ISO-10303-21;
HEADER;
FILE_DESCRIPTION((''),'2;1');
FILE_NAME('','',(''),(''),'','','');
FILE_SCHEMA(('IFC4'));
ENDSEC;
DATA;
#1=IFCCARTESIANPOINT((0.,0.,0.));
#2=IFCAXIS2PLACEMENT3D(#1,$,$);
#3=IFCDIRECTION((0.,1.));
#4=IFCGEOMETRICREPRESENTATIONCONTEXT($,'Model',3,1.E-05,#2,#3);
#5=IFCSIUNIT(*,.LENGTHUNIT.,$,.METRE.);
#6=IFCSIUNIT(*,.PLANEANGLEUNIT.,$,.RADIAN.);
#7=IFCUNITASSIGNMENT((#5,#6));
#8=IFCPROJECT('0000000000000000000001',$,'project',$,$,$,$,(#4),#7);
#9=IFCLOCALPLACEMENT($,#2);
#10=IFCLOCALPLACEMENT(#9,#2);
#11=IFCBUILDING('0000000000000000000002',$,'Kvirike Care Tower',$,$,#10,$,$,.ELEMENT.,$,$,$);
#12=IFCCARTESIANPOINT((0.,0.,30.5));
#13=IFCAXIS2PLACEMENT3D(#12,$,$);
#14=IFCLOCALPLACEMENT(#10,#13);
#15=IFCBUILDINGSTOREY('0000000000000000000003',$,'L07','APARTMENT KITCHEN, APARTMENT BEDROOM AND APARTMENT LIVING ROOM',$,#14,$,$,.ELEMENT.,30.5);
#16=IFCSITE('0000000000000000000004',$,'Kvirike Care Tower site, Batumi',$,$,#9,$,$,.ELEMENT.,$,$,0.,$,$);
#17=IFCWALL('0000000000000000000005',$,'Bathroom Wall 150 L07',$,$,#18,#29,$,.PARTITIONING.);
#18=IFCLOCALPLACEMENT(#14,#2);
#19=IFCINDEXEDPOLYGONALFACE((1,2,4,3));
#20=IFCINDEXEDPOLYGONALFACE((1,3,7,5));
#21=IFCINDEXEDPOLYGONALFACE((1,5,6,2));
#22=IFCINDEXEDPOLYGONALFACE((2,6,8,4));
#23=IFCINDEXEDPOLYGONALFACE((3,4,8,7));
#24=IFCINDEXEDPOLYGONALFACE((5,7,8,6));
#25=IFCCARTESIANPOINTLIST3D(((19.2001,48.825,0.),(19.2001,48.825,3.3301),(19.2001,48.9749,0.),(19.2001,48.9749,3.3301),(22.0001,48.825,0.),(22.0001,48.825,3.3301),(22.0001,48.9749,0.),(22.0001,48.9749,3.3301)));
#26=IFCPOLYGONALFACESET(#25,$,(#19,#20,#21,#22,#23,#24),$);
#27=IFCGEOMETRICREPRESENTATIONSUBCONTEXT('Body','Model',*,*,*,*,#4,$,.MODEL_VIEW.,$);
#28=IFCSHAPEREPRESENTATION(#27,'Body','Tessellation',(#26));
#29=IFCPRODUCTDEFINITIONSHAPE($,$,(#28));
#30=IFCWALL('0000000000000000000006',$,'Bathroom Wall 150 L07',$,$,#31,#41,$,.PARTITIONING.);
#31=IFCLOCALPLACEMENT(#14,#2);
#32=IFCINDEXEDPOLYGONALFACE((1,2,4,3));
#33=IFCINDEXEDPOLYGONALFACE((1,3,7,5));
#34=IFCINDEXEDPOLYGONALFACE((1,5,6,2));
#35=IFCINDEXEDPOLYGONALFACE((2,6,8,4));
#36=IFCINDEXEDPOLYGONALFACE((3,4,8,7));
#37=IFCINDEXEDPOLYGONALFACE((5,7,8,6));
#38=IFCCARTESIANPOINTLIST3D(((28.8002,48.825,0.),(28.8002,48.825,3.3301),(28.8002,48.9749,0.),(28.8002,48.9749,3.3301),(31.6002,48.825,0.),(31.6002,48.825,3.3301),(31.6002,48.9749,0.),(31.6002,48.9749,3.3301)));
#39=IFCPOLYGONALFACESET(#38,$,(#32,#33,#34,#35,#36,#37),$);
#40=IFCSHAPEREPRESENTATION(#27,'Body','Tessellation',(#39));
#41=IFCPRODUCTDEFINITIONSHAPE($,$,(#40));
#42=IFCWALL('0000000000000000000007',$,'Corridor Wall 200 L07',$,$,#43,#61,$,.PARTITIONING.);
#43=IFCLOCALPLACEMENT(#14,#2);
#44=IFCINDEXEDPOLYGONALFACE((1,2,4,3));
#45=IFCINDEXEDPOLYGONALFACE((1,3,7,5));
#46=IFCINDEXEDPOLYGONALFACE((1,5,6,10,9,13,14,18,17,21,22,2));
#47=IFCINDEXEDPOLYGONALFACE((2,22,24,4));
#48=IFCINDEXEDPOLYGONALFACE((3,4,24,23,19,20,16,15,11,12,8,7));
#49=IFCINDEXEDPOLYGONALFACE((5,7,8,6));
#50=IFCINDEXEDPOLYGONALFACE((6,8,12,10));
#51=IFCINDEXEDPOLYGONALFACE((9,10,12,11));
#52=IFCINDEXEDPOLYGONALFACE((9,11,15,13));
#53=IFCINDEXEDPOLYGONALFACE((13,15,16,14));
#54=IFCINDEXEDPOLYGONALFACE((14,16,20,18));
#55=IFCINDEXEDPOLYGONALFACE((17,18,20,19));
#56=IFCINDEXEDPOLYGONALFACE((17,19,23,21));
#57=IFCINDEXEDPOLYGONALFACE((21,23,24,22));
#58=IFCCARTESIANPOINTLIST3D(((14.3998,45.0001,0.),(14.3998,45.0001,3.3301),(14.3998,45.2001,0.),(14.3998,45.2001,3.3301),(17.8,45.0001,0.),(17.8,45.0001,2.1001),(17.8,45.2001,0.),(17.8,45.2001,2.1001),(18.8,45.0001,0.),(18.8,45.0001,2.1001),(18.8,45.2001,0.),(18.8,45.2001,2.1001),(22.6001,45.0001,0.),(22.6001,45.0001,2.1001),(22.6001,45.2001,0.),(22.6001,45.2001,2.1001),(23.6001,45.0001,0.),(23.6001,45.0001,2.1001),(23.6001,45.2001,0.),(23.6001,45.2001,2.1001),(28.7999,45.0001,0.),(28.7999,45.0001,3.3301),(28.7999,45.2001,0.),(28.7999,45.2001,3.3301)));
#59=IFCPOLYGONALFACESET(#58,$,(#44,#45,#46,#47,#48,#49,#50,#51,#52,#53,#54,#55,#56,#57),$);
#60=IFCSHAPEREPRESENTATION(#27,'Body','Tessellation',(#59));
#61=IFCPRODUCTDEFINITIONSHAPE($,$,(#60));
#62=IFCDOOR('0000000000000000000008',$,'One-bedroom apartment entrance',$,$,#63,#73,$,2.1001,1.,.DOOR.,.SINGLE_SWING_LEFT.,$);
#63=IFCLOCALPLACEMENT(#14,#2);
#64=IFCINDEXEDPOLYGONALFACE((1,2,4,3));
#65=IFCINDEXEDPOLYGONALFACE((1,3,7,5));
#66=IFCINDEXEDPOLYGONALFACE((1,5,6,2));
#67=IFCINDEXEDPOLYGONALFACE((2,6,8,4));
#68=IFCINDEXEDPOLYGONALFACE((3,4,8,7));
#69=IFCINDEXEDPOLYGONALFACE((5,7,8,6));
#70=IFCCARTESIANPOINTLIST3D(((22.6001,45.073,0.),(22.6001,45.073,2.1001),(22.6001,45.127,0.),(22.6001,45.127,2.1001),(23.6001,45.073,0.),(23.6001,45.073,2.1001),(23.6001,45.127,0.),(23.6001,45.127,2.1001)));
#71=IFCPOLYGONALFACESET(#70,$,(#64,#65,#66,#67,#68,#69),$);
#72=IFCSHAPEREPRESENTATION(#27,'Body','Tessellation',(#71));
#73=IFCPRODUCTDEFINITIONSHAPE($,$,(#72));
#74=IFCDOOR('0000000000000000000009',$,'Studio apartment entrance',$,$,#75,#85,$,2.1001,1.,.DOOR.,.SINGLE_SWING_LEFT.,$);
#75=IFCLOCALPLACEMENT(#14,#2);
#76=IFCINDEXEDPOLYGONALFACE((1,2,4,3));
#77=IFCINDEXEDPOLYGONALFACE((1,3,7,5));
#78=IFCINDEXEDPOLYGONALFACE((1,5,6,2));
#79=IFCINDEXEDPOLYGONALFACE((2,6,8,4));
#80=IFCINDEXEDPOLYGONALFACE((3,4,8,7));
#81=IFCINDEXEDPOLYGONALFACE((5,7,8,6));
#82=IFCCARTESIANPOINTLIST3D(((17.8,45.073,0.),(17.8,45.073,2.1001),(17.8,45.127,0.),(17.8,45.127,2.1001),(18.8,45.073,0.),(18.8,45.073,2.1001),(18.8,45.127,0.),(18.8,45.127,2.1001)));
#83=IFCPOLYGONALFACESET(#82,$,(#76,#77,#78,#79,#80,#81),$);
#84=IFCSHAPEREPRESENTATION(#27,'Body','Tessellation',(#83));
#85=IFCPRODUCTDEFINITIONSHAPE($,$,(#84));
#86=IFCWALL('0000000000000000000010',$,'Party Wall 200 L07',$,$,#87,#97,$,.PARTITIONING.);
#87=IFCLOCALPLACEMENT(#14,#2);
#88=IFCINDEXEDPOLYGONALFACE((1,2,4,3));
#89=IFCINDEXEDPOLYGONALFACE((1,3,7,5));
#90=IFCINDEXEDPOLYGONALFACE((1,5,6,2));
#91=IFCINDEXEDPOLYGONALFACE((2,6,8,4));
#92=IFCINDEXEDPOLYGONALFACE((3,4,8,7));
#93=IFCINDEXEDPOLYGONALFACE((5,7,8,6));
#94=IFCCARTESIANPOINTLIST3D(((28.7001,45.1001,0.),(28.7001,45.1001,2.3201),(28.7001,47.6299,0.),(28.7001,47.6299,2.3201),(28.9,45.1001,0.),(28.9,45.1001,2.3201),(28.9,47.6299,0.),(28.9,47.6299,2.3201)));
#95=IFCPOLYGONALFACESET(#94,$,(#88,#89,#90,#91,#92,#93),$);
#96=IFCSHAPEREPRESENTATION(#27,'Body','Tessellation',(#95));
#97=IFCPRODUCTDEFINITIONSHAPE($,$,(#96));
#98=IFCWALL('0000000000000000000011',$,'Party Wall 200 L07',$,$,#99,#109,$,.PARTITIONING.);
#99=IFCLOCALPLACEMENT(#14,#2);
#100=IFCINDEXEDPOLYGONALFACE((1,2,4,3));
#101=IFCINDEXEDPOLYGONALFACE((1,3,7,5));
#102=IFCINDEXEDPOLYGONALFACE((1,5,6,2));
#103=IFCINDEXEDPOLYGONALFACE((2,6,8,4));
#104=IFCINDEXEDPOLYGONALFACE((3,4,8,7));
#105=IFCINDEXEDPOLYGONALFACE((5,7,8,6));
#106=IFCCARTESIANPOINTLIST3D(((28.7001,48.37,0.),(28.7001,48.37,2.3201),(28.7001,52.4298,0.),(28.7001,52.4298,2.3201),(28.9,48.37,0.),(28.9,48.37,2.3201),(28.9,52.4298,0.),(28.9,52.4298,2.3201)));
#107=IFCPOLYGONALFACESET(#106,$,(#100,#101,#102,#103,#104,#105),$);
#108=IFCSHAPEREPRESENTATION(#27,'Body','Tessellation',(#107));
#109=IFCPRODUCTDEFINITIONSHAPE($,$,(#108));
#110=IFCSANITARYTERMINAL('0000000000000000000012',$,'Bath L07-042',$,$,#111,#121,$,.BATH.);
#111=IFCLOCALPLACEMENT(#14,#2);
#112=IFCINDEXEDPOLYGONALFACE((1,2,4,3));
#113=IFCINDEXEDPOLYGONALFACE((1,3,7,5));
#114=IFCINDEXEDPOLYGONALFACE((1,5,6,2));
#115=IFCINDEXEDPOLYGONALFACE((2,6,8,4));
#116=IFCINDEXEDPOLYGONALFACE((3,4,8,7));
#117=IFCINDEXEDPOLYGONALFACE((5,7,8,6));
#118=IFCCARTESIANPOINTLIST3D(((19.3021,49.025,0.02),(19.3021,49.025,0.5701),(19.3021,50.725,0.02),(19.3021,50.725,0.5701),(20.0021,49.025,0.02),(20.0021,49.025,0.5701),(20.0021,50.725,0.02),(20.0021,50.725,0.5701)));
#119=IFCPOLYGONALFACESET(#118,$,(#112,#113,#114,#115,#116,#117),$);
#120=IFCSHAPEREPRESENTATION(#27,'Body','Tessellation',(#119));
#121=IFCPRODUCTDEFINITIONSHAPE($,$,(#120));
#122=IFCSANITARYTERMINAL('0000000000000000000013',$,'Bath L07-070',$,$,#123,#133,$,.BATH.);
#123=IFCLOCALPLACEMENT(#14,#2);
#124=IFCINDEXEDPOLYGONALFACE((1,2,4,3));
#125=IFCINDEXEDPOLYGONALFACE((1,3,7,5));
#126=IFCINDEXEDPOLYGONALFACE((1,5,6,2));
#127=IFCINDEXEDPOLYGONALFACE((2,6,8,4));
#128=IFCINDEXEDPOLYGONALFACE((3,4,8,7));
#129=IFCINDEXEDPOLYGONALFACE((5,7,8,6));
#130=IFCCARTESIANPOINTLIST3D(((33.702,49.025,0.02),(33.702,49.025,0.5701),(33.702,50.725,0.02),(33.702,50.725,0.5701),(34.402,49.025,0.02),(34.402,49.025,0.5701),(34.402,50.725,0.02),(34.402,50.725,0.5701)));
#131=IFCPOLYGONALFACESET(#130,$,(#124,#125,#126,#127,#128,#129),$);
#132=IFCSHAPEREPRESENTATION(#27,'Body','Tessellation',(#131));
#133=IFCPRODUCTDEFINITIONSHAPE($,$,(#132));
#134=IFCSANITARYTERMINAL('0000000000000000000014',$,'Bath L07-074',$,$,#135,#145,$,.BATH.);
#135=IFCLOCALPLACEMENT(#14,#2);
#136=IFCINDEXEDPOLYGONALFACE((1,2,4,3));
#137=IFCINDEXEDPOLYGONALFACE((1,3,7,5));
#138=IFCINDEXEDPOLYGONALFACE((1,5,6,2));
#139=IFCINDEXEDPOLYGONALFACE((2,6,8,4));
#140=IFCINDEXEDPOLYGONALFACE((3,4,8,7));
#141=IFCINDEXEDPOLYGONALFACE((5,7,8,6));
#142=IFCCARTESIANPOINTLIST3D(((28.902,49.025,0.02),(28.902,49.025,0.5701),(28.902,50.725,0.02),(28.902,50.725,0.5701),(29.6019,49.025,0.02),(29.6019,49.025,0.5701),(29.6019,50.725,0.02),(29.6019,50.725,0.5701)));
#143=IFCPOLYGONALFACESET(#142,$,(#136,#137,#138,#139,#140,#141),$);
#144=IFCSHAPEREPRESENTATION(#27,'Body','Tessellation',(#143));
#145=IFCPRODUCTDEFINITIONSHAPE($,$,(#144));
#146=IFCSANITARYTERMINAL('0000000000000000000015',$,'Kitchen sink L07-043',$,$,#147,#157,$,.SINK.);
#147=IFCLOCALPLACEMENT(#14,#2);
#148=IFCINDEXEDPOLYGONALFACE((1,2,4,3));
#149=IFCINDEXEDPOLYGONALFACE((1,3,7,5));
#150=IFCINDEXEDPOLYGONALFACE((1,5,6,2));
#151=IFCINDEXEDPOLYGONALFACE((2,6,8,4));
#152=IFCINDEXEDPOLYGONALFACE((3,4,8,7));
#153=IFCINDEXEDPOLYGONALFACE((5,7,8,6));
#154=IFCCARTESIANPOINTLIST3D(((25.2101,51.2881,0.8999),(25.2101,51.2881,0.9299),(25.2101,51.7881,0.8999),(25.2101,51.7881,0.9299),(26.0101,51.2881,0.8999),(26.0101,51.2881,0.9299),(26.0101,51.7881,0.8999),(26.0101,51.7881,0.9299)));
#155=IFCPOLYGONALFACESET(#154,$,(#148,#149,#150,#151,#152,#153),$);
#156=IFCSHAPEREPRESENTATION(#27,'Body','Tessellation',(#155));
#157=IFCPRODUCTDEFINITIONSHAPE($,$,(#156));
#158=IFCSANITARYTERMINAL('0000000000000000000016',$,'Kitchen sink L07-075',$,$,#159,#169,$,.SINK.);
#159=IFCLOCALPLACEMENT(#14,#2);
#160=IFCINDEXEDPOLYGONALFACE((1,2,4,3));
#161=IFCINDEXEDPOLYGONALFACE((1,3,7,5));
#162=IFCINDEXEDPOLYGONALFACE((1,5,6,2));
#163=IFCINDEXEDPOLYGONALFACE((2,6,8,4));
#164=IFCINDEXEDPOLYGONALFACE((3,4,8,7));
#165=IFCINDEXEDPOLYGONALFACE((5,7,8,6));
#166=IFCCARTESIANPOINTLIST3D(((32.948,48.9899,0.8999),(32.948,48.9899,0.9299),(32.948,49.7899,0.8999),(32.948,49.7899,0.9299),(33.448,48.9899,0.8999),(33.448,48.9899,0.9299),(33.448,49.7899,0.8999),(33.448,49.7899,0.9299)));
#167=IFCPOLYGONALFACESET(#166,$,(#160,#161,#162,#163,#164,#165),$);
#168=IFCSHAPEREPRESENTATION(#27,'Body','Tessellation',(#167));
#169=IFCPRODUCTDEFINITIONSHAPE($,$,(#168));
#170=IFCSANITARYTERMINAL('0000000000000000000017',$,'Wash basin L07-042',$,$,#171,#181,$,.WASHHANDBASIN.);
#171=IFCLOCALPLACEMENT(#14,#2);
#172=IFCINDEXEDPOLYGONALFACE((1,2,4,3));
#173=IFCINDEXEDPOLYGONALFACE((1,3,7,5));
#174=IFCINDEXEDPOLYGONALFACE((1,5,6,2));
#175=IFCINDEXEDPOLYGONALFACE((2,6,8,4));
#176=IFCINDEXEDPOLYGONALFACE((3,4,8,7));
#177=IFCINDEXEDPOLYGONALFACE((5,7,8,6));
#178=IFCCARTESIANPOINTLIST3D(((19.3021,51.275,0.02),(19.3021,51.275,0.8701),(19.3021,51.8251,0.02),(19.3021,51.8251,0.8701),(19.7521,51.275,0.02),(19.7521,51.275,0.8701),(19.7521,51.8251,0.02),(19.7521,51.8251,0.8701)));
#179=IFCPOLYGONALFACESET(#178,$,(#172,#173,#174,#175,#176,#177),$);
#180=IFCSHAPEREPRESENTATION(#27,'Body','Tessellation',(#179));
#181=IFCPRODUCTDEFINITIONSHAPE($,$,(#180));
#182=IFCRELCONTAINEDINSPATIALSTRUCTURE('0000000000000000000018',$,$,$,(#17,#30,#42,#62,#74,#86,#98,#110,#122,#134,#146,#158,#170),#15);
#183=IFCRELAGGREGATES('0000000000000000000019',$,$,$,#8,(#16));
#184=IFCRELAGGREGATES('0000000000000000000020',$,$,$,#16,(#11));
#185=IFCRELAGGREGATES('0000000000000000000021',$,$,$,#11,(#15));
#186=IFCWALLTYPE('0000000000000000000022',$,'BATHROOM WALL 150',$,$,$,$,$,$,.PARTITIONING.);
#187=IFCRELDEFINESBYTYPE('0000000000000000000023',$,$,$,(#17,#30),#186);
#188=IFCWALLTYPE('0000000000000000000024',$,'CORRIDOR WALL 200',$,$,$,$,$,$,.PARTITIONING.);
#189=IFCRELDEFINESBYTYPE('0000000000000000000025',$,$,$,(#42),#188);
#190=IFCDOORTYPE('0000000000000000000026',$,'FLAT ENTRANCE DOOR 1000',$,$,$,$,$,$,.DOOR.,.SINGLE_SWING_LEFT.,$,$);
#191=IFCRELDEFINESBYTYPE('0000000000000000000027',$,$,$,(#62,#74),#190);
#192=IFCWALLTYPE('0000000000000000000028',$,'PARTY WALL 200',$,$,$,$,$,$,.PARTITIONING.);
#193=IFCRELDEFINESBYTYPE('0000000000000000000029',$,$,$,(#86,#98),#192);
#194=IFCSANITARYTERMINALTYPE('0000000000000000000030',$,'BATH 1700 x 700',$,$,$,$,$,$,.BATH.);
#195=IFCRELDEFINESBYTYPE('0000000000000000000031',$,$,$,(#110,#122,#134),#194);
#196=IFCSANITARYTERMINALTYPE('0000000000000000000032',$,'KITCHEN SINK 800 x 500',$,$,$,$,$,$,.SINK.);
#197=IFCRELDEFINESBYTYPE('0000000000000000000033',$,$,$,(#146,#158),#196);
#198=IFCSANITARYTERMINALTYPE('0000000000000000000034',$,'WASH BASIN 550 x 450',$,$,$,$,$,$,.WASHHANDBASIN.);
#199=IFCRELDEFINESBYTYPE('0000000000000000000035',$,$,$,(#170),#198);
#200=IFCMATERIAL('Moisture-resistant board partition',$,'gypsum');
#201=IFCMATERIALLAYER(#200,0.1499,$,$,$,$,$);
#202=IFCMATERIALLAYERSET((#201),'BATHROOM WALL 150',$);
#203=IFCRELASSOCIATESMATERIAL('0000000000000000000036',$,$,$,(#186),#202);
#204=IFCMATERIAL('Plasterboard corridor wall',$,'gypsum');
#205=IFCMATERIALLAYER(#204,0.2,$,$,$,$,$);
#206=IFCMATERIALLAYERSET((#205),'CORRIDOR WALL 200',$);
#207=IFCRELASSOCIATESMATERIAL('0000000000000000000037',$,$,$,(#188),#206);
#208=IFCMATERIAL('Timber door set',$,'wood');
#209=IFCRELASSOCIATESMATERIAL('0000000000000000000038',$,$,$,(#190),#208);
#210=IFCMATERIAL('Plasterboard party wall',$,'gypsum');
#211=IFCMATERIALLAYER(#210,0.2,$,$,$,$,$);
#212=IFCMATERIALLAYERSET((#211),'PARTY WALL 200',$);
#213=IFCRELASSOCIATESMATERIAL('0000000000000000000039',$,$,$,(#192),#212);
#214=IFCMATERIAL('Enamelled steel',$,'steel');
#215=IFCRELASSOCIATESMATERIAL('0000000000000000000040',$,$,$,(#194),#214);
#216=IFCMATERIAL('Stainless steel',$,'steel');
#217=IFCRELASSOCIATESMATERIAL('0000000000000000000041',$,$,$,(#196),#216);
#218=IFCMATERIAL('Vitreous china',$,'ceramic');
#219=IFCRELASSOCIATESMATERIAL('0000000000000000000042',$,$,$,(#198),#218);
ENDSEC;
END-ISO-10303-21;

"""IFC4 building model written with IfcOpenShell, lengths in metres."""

from ifc_helpers import new_model, si_unit, direction, frame, frame_2d, origin, origin_2d, place, context, subcontext, project, spatial, rectangle, extrude, material, layer, layer_set, type_object, element, fill, save


model = new_model("IFC4")

# Units and contexts
model_context = context("Model", 3, precision=1e-05, world=origin(), true_north=direction((0.0, 1.0)))
body_context = subcontext(model_context, "Body", "Model", "MODEL_VIEW")
ifc_project = project(units=[si_unit("LENGTHUNIT", "METRE"), si_unit("PLANEANGLEUNIT", "RADIAN")], contexts=[model_context])

# Site, building, storey
site_placement = place(None, origin())
site = spatial("IfcSite", under=ifc_project, at=site_placement, Name="Kvirike Care Tower site, Batumi", CompositionType="ELEMENT", RefElevation=0.0)
building_placement = place(site_placement, origin())
building = spatial("IfcBuilding", under=site, at=building_placement, Name="Kvirike Care Tower", CompositionType="ELEMENT")
storey_placement = place(building_placement, frame((0.0, 0.0, 30.5)))
storey = spatial("IfcBuildingStorey", under=building, at=storey_placement, Name="L07", Description="APARTMENT KITCHEN, APARTMENT BEDROOM AND APARTMENT LIVING ROOM", CompositionType="ELEMENT", Elevation=30.5)

# Walls
ifc_material_1 = material(Name="Moisture-resistant board partition", Category="gypsum")
ifc_layer_1 = layer(ifc_material_1, 0.1499)
ifc_layer_set_1 = layer_set([ifc_layer_1], Name="BATHROOM WALL 150")
wall_type_1 = type_object("IfcWallType", Name="BATHROOM WALL 150", PredefinedType="PARTITIONING", material=ifc_layer_set_1)
for number, where, z_axis, x_axis, name in (
    (1, (22.0, 48.8999, 0.0), (0.0, 0.0, 1.0), (-1.0, 0.0, 0.0), "Bathroom Wall 150 L07"),
    (2, (31.6001, 48.8999, 0.0), (0.0, 0.0, 1.0), (-1.0, 0.0, 0.0), "Bathroom Wall 150 L07"),
):
    element("IfcWall", number, at=place(storey_placement, frame(where, z_axis=z_axis, x_axis=x_axis)), inside=storey, type_object=wall_type_1, Name=name, PredefinedType="PARTITIONING", context=body_context, shape_type="SweptSolid", body=[
        extrude(rectangle(XDim=2.8, YDim=0.1499, at=frame_2d((1.3999, 0.0))), origin(), (0.0, 0.0, 1.0), 3.3301),
    ])

# Wall, openings, doors
ifc_material_2 = material(Name="Plasterboard corridor wall", Category="gypsum")
ifc_layer_2 = layer(ifc_material_2, 0.2)
ifc_layer_set_2 = layer_set([ifc_layer_2], Name="CORRIDOR WALL 200")
wall_type_2 = type_object("IfcWallType", Name="CORRIDOR WALL 200", PredefinedType="PARTITIONING", material=ifc_layer_set_2)
wall_1_placement = place(storey_placement, frame((28.8, 45.1001, 0.0), z_axis=(0.0, 0.0, 1.0), x_axis=(-1.0, 0.0, 0.0)))
wall_1 = element("IfcWall", 3, at=wall_1_placement, inside=storey, type_object=wall_type_2, Name="Corridor Wall 200 L07", PredefinedType="PARTITIONING", context=body_context, shape_type="SweptSolid", body=[
    extrude(rectangle(XDim=14.4001, YDim=0.2, at=frame_2d((7.2002, 0.0))), origin(), (0.0, 0.0, 1.0), 3.3301),
])
opening_1_placement = place(wall_1_placement, frame((5.2, 0.0, 0.0)))
opening_1 = element("IfcOpeningElement", 4, at=opening_1_placement, cuts=wall_1, PredefinedType="OPENING", context=body_context, shape_type="SweptSolid", body=[
    extrude(rectangle(XDim=1.0, YDim=2.1001, at=frame_2d((0.5, 1.05))), frame((0.0, 0.1106, 0.0), z_axis=(0.0, -1.0, 0.0), x_axis=(1.0, 0.0, 0.0)), (0.0, 0.0, 1.0), 0.2209),
])
opening_2_placement = place(wall_1_placement, frame((10.0, 0.0, 0.0)))
opening_2 = element("IfcOpeningElement", 5, at=opening_2_placement, cuts=wall_1, PredefinedType="OPENING", context=body_context, shape_type="SweptSolid", body=[
    extrude(rectangle(XDim=1.0, YDim=2.1001, at=frame_2d((0.5, 1.05))), frame((0.0, 0.1106, 0.0), z_axis=(0.0, -1.0, 0.0), x_axis=(1.0, 0.0, 0.0)), (0.0, 0.0, 1.0), 0.2209),
])
ifc_material_3 = material(Name="Timber door set", Category="wood")
door_type = type_object("IfcDoorType", Name="FLAT ENTRANCE DOOR 1000", OperationType="SINGLE_SWING_LEFT", PredefinedType="DOOR", material=ifc_material_3)
door_1_placement = place(opening_1_placement, frame((1.0, 0.0, 0.0), z_axis=(0.0, 0.0, 1.0), x_axis=(-1.0, 0.0, 0.0)))
door_1 = element("IfcDoor", 6, at=door_1_placement, inside=storey, type_object=door_type, Name="One-bedroom apartment entrance", OperationType="SINGLE_SWING_LEFT", OverallHeight=2.1001, OverallWidth=1.0, PredefinedType="DOOR", context=body_context, shape_type="SweptSolid", body=[
    extrude(rectangle(XDim=1.0, YDim=2.1001, at=frame_2d((0.5, 1.05))), frame((0.0, 0.0269, 0.0), z_axis=(0.0, -1.0, 0.0), x_axis=(1.0, 0.0, 0.0)), (0.0, 0.0, 1.0), 0.054),
])
fill(opening_1, door_1)
door_2_placement = place(opening_2_placement, frame((1.0, 0.0, 0.0), z_axis=(0.0, 0.0, 1.0), x_axis=(-1.0, 0.0, 0.0)))
door_2 = element("IfcDoor", 7, at=door_2_placement, inside=storey, type_object=door_type, Name="Studio apartment entrance", OperationType="SINGLE_SWING_LEFT", OverallHeight=2.1001, OverallWidth=1.0, PredefinedType="DOOR", context=body_context, shape_type="SweptSolid", body=[
    extrude(rectangle(XDim=1.0, YDim=2.1001, at=frame_2d((0.5, 1.05))), frame((0.0, 0.0269, 0.0), z_axis=(0.0, -1.0, 0.0), x_axis=(1.0, 0.0, 0.0)), (0.0, 0.0, 1.0), 0.054),
])
fill(opening_2, door_2)

# Walls
ifc_material_4 = material(Name="Plasterboard party wall", Category="gypsum")
ifc_layer_3 = layer(ifc_material_4, 0.2)
ifc_layer_set_3 = layer_set([ifc_layer_3], Name="PARTY WALL 200")
wall_type_3 = type_object("IfcWallType", Name="PARTY WALL 200", PredefinedType="PARTITIONING", material=ifc_layer_set_3)
wall_2_placement = place(storey_placement, frame((28.8, 45.1001, 0.0), z_axis=(0.0, 0.0, 1.0), x_axis=(0.0, 1.0, 0.0)))
element("IfcWall", 8, at=wall_2_placement, inside=storey, type_object=wall_type_3, Name="Party Wall 200 L07", PredefinedType="PARTITIONING", context=body_context, shape_type="SweptSolid", body=[
    extrude(rectangle(XDim=2.5298, YDim=0.2, at=frame_2d((1.2649, 0.0))), origin(), (0.0, 0.0, 1.0), 2.3201),
])
wall_3_placement = place(storey_placement, frame((28.8, 48.3701, 0.0), z_axis=(0.0, 0.0, 1.0), x_axis=(0.0, 1.0, 0.0)))
element("IfcWall", 9, at=wall_3_placement, inside=storey, type_object=wall_type_3, Name="Party Wall 200 L07", PredefinedType="PARTITIONING", context=body_context, shape_type="SweptSolid", body=[
    extrude(rectangle(XDim=4.0598, YDim=0.2, at=frame_2d((2.0298, 0.0))), origin(), (0.0, 0.0, 1.0), 2.3201),
])

# Sanitary terminals
ifc_material_5 = material(Name="Enamelled steel", Category="steel")
sanitary_terminal_type_1 = type_object("IfcSanitaryTerminalType", Name="BATH 1700 x 700", PredefinedType="BATH", material=ifc_material_5)
for number, where, z_axis, x_axis, name in (
    (10, (19.6521, 49.875, 0.02), (0.0, 0.0, 1.0), (0.0, 1.0, 0.0), "Bath L07-042"),
    (11, (34.052, 49.875, 0.02), (0.0, 0.0, 1.0), (0.0, 1.0, 0.0), "Bath L07-070"),
    (12, (29.252, 49.875, 0.02), (0.0, 0.0, 1.0), (0.0, 1.0, 0.0), "Bath L07-074"),
):
    element("IfcSanitaryTerminal", number, at=place(storey_placement, frame(where, z_axis=z_axis, x_axis=x_axis)), inside=storey, type_object=sanitary_terminal_type_1, Name=name, PredefinedType="BATH", context=body_context, shape_type="SweptSolid", body=[
        extrude(rectangle(XDim=1.7, YDim=0.7, at=origin_2d()), origin(), (0.0, 0.0, 1.0), 0.55),
    ])
ifc_material_6 = material(Name="Stainless steel", Category="steel")
sanitary_terminal_type_2 = type_object("IfcSanitaryTerminalType", Name="KITCHEN SINK 800 x 500", PredefinedType="SINK", material=ifc_material_6)
for number, where, z_axis, x_axis, name in (
    (13, (25.6101, 51.5381, 0.8999), (0.0, 0.0, 1.0), (1.0, 0.0, 0.0), "Kitchen sink L07-043"),
    (14, (33.198, 49.3899, 0.8999), (0.0, 0.0, 1.0), (0.0, -1.0, 0.0), "Kitchen sink L07-075"),
):
    element("IfcSanitaryTerminal", number, at=place(storey_placement, frame(where, z_axis=z_axis, x_axis=x_axis)), inside=storey, type_object=sanitary_terminal_type_2, Name=name, PredefinedType="SINK", context=body_context, shape_type="SweptSolid", body=[
        extrude(rectangle(XDim=0.8, YDim=0.5, at=origin_2d()), origin(), (0.0, 0.0, 1.0), 0.03),
    ])
ifc_material_7 = material(Name="Vitreous china", Category="ceramic")
sanitary_terminal_type_3 = type_object("IfcSanitaryTerminalType", Name="WASH BASIN 550 x 450", PredefinedType="WASHHANDBASIN", material=ifc_material_7)
for number, where, z_axis, x_axis, name in (
    (15, (19.5271, 51.55, 0.02), (0.0, 0.0, 1.0), (0.0, 1.0, 0.0), "Wash basin L07-042"),
):
    element("IfcSanitaryTerminal", number, at=place(storey_placement, frame(where, z_axis=z_axis, x_axis=x_axis)), inside=storey, type_object=sanitary_terminal_type_3, Name=name, PredefinedType="WASHHANDBASIN", context=body_context, shape_type="SweptSolid", body=[
        extrude(rectangle(XDim=0.55, YDim=0.45, at=origin_2d()), origin(), (0.0, 0.0, 1.0), 0.8501),
    ])

save(model, "model.ifc")
